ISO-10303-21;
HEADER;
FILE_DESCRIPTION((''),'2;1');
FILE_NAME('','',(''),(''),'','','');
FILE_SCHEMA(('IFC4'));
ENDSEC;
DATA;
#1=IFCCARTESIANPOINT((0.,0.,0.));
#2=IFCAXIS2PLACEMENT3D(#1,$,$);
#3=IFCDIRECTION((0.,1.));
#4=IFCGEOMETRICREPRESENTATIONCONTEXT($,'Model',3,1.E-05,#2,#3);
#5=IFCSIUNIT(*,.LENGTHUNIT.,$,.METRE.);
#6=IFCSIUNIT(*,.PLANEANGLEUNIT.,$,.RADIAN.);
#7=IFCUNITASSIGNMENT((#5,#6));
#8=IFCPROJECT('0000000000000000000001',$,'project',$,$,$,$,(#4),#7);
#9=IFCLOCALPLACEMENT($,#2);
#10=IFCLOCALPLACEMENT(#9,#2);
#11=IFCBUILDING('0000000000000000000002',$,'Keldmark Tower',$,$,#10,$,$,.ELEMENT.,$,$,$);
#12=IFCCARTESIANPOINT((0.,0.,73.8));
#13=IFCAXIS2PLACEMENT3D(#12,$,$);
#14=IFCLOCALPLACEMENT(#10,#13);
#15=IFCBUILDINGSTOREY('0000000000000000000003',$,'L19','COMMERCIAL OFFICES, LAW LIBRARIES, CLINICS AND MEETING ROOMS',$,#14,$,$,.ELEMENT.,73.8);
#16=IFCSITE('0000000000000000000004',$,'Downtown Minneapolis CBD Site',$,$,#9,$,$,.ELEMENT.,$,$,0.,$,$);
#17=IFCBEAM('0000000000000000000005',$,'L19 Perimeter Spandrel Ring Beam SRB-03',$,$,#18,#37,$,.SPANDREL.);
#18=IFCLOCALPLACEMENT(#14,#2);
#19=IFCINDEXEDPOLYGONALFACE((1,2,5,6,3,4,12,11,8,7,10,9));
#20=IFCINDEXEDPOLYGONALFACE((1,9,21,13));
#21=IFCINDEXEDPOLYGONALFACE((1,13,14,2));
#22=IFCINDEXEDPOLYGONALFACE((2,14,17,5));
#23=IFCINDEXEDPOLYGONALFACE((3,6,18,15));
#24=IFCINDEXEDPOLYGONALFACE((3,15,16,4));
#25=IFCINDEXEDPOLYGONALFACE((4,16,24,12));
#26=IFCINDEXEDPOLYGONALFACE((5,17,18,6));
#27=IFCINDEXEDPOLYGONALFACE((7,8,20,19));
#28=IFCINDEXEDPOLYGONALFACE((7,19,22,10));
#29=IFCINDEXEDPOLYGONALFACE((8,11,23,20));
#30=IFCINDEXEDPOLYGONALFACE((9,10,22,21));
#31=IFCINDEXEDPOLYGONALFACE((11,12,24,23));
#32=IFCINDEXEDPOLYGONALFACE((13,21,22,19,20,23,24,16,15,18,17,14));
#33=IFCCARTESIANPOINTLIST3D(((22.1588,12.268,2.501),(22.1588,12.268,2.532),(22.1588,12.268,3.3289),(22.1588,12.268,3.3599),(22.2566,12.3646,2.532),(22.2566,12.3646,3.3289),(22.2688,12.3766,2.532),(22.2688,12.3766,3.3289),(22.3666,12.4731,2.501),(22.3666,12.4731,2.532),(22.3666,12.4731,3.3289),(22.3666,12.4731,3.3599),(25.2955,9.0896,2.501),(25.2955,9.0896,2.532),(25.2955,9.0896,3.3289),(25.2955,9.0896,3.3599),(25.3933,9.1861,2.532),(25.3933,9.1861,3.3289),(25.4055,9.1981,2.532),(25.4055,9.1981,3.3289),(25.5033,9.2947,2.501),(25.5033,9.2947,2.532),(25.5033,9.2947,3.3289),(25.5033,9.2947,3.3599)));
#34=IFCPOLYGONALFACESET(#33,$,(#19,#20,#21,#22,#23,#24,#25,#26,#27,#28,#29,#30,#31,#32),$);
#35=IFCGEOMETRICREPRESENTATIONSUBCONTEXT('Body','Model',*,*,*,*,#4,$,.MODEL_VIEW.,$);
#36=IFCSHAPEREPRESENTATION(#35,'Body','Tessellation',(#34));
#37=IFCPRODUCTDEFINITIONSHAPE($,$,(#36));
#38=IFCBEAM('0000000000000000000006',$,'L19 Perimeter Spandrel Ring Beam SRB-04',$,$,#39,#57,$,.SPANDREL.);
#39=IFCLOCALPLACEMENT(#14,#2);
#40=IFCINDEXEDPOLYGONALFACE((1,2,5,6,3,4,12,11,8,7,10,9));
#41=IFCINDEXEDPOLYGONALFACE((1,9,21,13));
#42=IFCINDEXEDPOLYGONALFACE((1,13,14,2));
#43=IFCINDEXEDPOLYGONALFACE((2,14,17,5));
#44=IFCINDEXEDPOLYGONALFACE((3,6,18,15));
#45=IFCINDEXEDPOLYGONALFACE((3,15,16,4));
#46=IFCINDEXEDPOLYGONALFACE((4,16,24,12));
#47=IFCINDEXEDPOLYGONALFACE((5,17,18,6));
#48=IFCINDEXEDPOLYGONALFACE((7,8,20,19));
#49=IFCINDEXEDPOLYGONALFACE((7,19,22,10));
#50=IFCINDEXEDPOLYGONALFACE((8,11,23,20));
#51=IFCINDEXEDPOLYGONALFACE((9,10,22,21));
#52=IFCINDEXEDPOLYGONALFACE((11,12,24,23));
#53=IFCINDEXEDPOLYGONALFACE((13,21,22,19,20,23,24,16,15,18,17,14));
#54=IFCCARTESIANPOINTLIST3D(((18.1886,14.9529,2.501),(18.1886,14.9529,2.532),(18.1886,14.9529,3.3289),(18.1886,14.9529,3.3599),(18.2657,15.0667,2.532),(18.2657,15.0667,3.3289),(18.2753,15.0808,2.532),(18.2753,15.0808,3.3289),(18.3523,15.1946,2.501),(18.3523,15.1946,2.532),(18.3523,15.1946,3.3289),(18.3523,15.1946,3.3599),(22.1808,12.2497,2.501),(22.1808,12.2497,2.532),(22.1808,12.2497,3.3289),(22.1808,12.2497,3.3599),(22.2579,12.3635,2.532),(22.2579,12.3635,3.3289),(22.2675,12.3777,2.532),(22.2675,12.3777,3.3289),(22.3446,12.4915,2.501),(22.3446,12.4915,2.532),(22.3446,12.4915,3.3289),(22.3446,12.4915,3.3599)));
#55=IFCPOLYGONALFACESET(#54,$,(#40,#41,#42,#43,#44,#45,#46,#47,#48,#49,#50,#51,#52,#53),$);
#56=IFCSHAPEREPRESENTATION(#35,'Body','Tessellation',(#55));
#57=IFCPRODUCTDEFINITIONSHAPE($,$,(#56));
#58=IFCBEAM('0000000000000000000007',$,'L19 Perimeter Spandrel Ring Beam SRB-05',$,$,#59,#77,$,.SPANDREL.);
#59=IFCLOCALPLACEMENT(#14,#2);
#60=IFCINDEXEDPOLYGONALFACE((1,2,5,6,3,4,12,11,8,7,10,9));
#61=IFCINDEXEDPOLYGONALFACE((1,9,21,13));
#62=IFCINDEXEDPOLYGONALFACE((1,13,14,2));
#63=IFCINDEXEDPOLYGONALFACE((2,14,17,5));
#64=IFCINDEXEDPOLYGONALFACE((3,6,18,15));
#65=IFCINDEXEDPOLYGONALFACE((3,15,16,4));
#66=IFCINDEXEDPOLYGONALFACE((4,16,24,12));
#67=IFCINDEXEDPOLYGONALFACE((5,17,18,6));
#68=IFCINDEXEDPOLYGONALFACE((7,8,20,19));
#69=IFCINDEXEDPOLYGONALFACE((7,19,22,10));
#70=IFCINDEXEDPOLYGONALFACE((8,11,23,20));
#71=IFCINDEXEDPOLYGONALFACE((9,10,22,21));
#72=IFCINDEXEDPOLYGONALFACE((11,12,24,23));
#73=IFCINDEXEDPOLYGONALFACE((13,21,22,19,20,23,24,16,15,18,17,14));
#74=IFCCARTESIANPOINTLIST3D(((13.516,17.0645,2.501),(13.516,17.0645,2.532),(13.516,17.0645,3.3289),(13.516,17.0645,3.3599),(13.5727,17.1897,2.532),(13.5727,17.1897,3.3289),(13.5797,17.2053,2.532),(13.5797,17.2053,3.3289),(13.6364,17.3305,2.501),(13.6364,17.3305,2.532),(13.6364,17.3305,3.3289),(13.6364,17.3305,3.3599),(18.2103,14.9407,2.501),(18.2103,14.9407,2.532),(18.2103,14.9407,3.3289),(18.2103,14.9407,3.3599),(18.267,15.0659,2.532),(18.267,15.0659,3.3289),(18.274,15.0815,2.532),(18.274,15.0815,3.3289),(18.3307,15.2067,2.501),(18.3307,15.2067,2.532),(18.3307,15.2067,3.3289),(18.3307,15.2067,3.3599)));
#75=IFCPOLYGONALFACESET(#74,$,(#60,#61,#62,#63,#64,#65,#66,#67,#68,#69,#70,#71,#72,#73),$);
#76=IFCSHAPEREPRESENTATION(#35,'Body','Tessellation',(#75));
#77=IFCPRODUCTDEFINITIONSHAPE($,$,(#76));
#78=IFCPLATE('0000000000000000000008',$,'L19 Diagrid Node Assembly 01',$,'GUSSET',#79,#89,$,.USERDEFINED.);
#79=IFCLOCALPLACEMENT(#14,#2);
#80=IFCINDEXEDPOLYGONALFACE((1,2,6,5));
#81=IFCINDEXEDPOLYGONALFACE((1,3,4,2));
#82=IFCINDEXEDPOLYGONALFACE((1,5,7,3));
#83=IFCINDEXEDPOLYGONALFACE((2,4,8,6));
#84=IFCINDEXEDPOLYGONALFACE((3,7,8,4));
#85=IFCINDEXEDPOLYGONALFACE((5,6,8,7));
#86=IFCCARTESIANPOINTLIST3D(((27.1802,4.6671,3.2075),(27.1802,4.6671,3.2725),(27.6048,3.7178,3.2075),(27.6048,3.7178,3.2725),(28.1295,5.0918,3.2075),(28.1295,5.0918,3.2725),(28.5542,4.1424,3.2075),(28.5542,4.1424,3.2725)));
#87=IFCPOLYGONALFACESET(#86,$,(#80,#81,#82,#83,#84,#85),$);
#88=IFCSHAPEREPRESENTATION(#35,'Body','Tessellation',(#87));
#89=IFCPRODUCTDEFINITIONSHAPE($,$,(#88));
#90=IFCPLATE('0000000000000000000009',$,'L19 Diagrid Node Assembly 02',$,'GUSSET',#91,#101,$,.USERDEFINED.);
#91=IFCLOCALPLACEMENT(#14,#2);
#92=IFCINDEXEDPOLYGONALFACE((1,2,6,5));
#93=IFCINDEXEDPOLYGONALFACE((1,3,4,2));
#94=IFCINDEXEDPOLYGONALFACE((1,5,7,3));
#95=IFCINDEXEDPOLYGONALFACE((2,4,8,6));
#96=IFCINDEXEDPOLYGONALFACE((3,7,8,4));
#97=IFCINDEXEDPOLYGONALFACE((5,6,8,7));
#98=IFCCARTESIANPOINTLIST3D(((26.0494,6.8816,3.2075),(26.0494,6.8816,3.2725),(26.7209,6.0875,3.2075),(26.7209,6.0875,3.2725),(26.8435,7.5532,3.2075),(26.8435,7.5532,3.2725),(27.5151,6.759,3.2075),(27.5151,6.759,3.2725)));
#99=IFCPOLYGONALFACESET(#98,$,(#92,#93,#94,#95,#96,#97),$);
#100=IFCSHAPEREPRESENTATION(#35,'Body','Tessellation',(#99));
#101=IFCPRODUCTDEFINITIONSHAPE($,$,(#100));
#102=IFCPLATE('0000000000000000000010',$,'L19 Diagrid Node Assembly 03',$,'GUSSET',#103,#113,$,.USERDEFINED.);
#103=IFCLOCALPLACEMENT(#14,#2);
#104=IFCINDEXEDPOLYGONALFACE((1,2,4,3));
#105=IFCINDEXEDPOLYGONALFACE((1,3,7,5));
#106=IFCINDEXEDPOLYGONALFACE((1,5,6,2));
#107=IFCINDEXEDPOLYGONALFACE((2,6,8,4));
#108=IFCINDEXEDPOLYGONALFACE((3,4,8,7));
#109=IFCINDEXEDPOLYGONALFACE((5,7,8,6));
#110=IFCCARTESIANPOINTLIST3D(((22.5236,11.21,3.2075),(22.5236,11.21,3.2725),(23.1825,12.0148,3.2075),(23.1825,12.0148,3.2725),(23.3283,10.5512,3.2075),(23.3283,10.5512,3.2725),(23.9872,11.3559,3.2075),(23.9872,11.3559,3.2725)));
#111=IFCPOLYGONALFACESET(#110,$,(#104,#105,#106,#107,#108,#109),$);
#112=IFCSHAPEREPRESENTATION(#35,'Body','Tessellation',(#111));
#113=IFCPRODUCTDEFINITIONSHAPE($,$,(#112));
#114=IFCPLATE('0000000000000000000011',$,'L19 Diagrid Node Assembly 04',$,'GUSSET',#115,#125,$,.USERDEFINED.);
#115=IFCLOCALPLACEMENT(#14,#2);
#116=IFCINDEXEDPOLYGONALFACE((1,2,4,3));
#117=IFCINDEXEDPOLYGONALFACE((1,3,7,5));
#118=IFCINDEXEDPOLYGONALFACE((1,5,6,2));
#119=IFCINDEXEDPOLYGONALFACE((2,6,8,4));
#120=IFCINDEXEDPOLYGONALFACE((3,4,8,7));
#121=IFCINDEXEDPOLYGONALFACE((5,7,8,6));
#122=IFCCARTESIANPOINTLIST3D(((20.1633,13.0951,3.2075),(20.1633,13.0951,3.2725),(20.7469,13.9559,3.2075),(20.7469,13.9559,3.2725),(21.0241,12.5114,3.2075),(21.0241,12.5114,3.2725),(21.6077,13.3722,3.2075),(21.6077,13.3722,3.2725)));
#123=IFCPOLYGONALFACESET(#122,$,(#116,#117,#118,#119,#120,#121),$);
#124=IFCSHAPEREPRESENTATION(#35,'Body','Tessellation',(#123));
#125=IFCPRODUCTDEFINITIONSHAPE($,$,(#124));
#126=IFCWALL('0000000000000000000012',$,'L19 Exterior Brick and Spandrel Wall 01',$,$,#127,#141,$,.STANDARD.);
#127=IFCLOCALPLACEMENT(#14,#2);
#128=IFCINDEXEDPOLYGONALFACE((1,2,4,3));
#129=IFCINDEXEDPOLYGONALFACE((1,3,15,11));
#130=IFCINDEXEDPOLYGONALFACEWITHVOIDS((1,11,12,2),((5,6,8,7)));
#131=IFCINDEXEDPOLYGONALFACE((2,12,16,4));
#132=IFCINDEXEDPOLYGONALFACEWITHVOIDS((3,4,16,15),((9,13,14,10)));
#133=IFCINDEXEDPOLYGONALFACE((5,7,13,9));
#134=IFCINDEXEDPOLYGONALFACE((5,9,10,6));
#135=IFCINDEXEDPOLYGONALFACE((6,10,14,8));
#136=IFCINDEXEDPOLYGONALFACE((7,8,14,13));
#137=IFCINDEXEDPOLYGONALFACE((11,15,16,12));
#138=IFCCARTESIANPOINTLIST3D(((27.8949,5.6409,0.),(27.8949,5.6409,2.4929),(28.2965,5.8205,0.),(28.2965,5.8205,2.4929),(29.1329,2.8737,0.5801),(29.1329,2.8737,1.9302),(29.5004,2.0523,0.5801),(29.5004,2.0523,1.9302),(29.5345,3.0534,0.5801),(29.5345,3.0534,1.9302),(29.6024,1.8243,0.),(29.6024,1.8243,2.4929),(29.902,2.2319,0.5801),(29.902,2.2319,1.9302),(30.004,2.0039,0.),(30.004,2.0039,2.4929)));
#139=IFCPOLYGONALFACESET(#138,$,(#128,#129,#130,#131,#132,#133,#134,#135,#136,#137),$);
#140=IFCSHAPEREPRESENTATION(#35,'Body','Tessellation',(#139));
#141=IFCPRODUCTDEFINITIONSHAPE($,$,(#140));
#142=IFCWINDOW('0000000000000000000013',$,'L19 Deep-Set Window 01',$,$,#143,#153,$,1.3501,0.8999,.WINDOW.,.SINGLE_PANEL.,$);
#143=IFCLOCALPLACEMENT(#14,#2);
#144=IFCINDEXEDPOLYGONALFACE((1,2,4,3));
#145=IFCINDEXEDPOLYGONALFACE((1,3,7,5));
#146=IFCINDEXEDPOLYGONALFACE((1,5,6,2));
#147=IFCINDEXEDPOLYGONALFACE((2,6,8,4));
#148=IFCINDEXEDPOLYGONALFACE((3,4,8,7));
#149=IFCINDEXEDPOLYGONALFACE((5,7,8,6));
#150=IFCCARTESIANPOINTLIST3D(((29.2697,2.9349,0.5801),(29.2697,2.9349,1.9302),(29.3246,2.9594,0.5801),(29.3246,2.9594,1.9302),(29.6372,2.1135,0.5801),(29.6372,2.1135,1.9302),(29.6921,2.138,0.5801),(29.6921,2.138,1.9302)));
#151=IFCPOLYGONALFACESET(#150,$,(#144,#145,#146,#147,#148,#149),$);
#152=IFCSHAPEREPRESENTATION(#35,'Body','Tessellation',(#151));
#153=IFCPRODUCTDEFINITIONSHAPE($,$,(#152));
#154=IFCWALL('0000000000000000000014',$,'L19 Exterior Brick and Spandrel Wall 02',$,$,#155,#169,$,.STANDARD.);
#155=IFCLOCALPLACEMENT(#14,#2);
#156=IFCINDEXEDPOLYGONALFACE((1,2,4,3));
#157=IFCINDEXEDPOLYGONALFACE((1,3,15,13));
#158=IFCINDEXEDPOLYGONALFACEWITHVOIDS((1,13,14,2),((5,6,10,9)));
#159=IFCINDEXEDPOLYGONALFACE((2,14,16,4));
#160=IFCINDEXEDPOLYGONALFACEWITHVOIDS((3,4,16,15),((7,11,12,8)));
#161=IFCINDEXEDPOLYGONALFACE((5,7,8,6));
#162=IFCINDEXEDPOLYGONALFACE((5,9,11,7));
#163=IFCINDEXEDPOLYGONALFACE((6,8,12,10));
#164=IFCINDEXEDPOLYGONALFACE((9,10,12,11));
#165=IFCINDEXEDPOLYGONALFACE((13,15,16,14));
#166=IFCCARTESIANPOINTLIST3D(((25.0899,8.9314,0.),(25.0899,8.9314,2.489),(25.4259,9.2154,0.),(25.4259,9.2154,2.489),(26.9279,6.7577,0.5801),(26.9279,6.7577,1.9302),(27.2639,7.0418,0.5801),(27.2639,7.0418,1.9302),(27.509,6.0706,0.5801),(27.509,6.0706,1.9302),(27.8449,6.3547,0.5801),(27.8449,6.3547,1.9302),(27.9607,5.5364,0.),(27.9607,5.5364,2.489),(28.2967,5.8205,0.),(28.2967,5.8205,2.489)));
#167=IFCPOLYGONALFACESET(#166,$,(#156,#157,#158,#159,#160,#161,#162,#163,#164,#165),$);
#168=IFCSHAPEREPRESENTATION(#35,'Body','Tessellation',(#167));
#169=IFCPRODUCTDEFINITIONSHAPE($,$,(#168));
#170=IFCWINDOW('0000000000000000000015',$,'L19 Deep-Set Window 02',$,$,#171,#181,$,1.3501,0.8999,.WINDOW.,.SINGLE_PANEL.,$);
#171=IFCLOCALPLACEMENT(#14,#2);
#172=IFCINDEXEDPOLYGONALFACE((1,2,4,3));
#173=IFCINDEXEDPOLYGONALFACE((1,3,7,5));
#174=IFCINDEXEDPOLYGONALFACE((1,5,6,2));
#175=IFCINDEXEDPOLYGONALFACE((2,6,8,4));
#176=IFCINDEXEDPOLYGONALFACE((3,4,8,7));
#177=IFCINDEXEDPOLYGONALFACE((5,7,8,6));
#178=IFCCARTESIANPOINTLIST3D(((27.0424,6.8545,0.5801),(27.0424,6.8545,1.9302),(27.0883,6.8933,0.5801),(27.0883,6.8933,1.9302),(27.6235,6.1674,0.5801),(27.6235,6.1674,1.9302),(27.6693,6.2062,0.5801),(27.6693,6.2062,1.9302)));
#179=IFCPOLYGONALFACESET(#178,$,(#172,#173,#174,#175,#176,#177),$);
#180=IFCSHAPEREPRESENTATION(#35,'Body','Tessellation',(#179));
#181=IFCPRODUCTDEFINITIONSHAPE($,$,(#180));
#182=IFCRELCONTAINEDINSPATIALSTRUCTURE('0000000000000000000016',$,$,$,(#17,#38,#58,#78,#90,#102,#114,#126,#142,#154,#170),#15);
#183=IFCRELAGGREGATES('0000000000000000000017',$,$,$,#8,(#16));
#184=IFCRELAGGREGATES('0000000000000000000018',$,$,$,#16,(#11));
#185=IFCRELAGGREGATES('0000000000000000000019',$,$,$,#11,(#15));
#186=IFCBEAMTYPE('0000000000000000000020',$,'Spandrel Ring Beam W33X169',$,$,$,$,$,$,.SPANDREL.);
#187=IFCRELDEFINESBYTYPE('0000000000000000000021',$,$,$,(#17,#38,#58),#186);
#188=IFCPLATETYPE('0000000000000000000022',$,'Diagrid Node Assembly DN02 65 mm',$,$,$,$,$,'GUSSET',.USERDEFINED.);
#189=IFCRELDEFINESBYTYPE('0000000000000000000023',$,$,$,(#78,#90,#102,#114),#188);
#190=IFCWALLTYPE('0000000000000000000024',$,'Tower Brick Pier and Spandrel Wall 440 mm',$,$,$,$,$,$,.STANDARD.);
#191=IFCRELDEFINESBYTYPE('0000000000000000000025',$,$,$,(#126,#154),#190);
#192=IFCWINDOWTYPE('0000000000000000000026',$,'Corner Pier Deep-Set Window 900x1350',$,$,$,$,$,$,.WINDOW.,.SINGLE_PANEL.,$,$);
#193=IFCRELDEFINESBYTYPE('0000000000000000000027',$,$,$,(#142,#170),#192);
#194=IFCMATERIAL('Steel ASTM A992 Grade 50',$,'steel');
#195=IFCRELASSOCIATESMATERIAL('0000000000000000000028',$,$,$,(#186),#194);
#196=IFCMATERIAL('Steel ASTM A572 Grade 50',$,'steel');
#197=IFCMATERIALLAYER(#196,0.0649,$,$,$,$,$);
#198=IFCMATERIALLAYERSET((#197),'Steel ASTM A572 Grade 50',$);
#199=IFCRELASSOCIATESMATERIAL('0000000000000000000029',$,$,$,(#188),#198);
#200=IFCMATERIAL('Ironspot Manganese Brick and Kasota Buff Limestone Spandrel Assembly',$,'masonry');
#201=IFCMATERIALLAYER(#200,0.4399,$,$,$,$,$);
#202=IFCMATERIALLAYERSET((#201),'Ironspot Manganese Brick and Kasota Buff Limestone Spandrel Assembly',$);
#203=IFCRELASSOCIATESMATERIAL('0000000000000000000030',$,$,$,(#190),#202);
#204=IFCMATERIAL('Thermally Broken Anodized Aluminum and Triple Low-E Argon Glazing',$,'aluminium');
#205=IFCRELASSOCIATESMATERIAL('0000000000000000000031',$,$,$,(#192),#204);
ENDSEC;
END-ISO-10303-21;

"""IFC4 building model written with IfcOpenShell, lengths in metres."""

from ifc_helpers import new_model, si_unit, direction, frame, frame_2d, origin, origin_2d, place, context, subcontext, project, spatial, rectangle, i_section, extrude, material, layer, layer_set, material_profile, profile_set, type_object, element, fill, save


model = new_model("IFC4")

# Units and contexts
model_context = context("Model", 3, precision=1e-05, world=origin(), true_north=direction((0.0, 1.0)))
body_context = subcontext(model_context, "Body", "Model", "MODEL_VIEW")
ifc_project = project(units=[si_unit("LENGTHUNIT", "METRE"), si_unit("PLANEANGLEUNIT", "RADIAN")], contexts=[model_context])

# Site, building, storey
site_placement = place(None, origin())
site = spatial("IfcSite", under=ifc_project, at=site_placement, Name="Downtown Minneapolis CBD Site", CompositionType="ELEMENT", RefElevation=0.0)
building_placement = place(site_placement, origin())
building = spatial("IfcBuilding", under=site, at=building_placement, Name="Keldmark Tower", CompositionType="ELEMENT")
storey_placement = place(building_placement, frame((0.0, 0.0, 73.8)))
storey = spatial("IfcBuildingStorey", under=building, at=storey_placement, Name="L19", Description="COMMERCIAL OFFICES, LAW LIBRARIES, CLINICS AND MEETING ROOMS", CompositionType="ELEMENT", Elevation=73.8)

# Beams
ifc_material_1 = material(Name="Steel ASTM A992 Grade 50", Category="steel")
ifc_material_profile_1 = material_profile(ifc_material_1, i_section(OverallWidth=0.292, OverallDepth=0.8589, WebThickness=0.0171, FlangeThickness=0.031, at=origin_2d()), Name="W33X169")
ifc_profile_set_1 = profile_set([ifc_material_profile_1], Name="Steel ASTM A992 Grade 50")
beam_type_1 = type_object("IfcBeamType", Name="Spandrel Ring Beam W33X169", PredefinedType="SPANDREL", material=ifc_profile_set_1)
beam_1_placement = place(storey_placement, frame((25.3994, 9.1921, 2.9304), z_axis=(-0.702417, 0.711766, 0.0), x_axis=(-0.711766, -0.702417, 0.0)))
element("IfcBeam", 1, at=beam_1_placement, inside=storey, type_object=beam_type_1, Name="L19 Perimeter Spandrel Ring Beam SRB-03", PredefinedType="SPANDREL", context=body_context, shape_type="SweptSolid", body=[
    extrude(i_section(OverallWidth=0.292, OverallDepth=0.8589, WebThickness=0.0171, FlangeThickness=0.031, at=origin_2d()), origin(), (0.0, 0.0, 1.0), 4.4656),
])
beam_2_placement = place(storey_placement, frame((22.2627, 12.3706, 2.9304), z_axis=(-0.82804, 0.560669, 0.0), x_axis=(-0.560669, -0.82804, 0.0)))
element("IfcBeam", 2, at=beam_2_placement, inside=storey, type_object=beam_type_1, Name="L19 Perimeter Spandrel Ring Beam SRB-04", PredefinedType="SPANDREL", context=body_context, shape_type="SweptSolid", body=[
    extrude(i_section(OverallWidth=0.292, OverallDepth=0.8589, WebThickness=0.0171, FlangeThickness=0.031, at=origin_2d()), origin(), (0.0, 0.0, 1.0), 4.8213),
])
beam_3_placement = place(storey_placement, frame((18.2705, 15.0737, 2.9304), z_axis=(-0.911097, 0.412192, 0.0), x_axis=(-0.412192, -0.911097, 0.0)))
element("IfcBeam", 3, at=beam_3_placement, inside=storey, type_object=beam_type_1, Name="L19 Perimeter Spandrel Ring Beam SRB-05", PredefinedType="SPANDREL", context=body_context, shape_type="SweptSolid", body=[
    extrude(i_section(OverallWidth=0.292, OverallDepth=0.8589, WebThickness=0.0171, FlangeThickness=0.031, at=origin_2d()), origin(), (0.0, 0.0, 1.0), 5.1523),
])

# Plates
ifc_material_2 = material(Name="Steel ASTM A572 Grade 50", Category="steel")
ifc_layer_1 = layer(ifc_material_2, 0.0649)
ifc_layer_set_1 = layer_set([ifc_layer_1], Name="Steel ASTM A572 Grade 50")
plate_type = type_object("IfcPlateType", Name="Diagrid Node Assembly DN02 65 mm", ElementType="GUSSET", PredefinedType="USERDEFINED", material=ifc_layer_set_1)
for number, where, z_axis, x_axis, name in (
    (4, (27.8672, 4.4048, 3.2075), (0.0, 0.0, 1.0), (-0.40833, 0.912834, 0.0), "L19 Diagrid Node Assembly 01"),
    (5, (26.7822, 6.8203, 3.2075), (0.0, 0.0, 1.0), (-0.645724, 0.763571, 0.0), "L19 Diagrid Node Assembly 02"),
    (6, (23.2554, 11.283, 3.2075), (0.0, 0.0, 1.0), (-0.77373, 0.633516, 0.0), "L19 Diagrid Node Assembly 03"),
    (7, (20.8855, 13.2336, 3.2075), (0.0, 0.0, 1.0), (-0.827669, 0.561217, 0.0), "L19 Diagrid Node Assembly 04"),
):
    element("IfcPlate", number, at=place(storey_placement, frame(where, z_axis=z_axis, x_axis=x_axis)), inside=storey, type_object=plate_type, Name=name, ObjectType="GUSSET", PredefinedType="USERDEFINED", context=body_context, shape_type="SweptSolid", body=[
        extrude(rectangle(XDim=1.04, YDim=1.04, at=origin_2d()), origin(), (0.0, 0.0, 1.0), 0.0649),
    ])

# Walls, openings, windows
ifc_material_3 = material(Name="Ironspot Manganese Brick and Kasota Buff Limestone Spandrel Assembly", Category="masonry")
ifc_layer_2 = layer(ifc_material_3, 0.4399)
ifc_layer_set_2 = layer_set([ifc_layer_2], Name="Ironspot Manganese Brick and Kasota Buff Limestone Spandrel Assembly")
wall_type = type_object("IfcWallType", Name="Tower Brick Pier and Spandrel Wall 440 mm", PredefinedType="STANDARD", material=ifc_layer_set_2)
wall_1_placement = place(storey_placement, frame((28.0957, 5.7307, 0.0), z_axis=(0.0, 0.0, 1.0), x_axis=(0.40838, -0.912812, 0.0)))
wall_1 = element("IfcWall", 8, at=wall_1_placement, inside=storey, type_object=wall_type, Name="L19 Exterior Brick and Spandrel Wall 01", PredefinedType="STANDARD", context=body_context, shape_type="SweptSolid", body=[
    extrude(rectangle(XDim=4.1812, YDim=0.4399, at=frame_2d((2.0906, 0.0))), origin(), (0.0, 0.0, 1.0), 2.4929),
])
opening_1_placement = place(wall_1_placement, frame((3.0315, 0.0, 0.5801)))
opening_1 = element("IfcOpeningElement", 9, at=opening_1_placement, cuts=wall_1, PredefinedType="OPENING", context=body_context, shape_type="SweptSolid", body=[
    extrude(rectangle(XDim=0.8999, YDim=1.3501, at=frame_2d((0.45, 0.675))), frame((0.0, 0.23, 0.0), z_axis=(0.0, -1.0, 0.0), x_axis=(1.0, 0.0, 0.0)), (0.0, 0.0, 1.0), 0.46),
])
ifc_material_4 = material(Name="Thermally Broken Anodized Aluminum and Triple Low-E Argon Glazing", Category="aluminium")
window_type = type_object("IfcWindowType", Name="Corner Pier Deep-Set Window 900x1350", PartitioningType="SINGLE_PANEL", PredefinedType="WINDOW", material=ifc_material_4)
window_1_placement = place(opening_1_placement, origin())
window_1 = element("IfcWindow", 10, at=window_1_placement, inside=storey, type_object=window_type, Name="L19 Deep-Set Window 01", OverallHeight=1.3501, OverallWidth=0.8999, PartitioningType="SINGLE_PANEL", PredefinedType="WINDOW", context=body_context, shape_type="SweptSolid", body=[
    extrude(rectangle(XDim=0.8999, YDim=1.3501, at=frame_2d((0.45, 0.675))), frame((0.0, -0.01, 0.0), z_axis=(0.0, -1.0, 0.0), x_axis=(1.0, 0.0, 0.0)), (0.0, 0.0, 1.0), 0.0601),
])
fill(opening_1, window_1)
wall_2_placement = place(storey_placement, frame((25.2578, 9.0735, 0.0), z_axis=(0.0, 0.0, 1.0), x_axis=(0.645699, -0.763592, 0.0)))
wall_2 = element("IfcWall", 11, at=wall_2_placement, inside=storey, type_object=wall_type, Name="L19 Exterior Brick and Spandrel Wall 02", PredefinedType="STANDARD", context=body_context, shape_type="SweptSolid", body=[
    extrude(rectangle(XDim=4.446, YDim=0.4399, at=frame_2d((2.2231, 0.0))), origin(), (0.0, 0.0, 1.0), 2.489),
])
opening_2_placement = place(wall_2_placement, frame((2.8467, 0.0, 0.5801)))
opening_2 = element("IfcOpeningElement", 12, at=opening_2_placement, cuts=wall_2, PredefinedType="OPENING", context=body_context, shape_type="SweptSolid", body=[
    extrude(rectangle(XDim=0.8999, YDim=1.3501, at=frame_2d((0.45, 0.675))), frame((0.0, 0.23, 0.0), z_axis=(0.0, -1.0, 0.0), x_axis=(1.0, 0.0, 0.0)), (0.0, 0.0, 1.0), 0.46),
])
window_2_placement = place(opening_2_placement, origin())
window_2 = element("IfcWindow", 13, at=window_2_placement, inside=storey, type_object=window_type, Name="L19 Deep-Set Window 02", OverallHeight=1.3501, OverallWidth=0.8999, PartitioningType="SINGLE_PANEL", PredefinedType="WINDOW", context=body_context, shape_type="SweptSolid", body=[
    extrude(rectangle(XDim=0.8999, YDim=1.3501, at=frame_2d((0.45, 0.675))), frame((0.0, -0.01, 0.0), z_axis=(0.0, -1.0, 0.0), x_axis=(1.0, 0.0, 0.0)), (0.0, 0.0, 1.0), 0.0601),
])
fill(opening_2, window_2)

save(model, "model.ifc")
